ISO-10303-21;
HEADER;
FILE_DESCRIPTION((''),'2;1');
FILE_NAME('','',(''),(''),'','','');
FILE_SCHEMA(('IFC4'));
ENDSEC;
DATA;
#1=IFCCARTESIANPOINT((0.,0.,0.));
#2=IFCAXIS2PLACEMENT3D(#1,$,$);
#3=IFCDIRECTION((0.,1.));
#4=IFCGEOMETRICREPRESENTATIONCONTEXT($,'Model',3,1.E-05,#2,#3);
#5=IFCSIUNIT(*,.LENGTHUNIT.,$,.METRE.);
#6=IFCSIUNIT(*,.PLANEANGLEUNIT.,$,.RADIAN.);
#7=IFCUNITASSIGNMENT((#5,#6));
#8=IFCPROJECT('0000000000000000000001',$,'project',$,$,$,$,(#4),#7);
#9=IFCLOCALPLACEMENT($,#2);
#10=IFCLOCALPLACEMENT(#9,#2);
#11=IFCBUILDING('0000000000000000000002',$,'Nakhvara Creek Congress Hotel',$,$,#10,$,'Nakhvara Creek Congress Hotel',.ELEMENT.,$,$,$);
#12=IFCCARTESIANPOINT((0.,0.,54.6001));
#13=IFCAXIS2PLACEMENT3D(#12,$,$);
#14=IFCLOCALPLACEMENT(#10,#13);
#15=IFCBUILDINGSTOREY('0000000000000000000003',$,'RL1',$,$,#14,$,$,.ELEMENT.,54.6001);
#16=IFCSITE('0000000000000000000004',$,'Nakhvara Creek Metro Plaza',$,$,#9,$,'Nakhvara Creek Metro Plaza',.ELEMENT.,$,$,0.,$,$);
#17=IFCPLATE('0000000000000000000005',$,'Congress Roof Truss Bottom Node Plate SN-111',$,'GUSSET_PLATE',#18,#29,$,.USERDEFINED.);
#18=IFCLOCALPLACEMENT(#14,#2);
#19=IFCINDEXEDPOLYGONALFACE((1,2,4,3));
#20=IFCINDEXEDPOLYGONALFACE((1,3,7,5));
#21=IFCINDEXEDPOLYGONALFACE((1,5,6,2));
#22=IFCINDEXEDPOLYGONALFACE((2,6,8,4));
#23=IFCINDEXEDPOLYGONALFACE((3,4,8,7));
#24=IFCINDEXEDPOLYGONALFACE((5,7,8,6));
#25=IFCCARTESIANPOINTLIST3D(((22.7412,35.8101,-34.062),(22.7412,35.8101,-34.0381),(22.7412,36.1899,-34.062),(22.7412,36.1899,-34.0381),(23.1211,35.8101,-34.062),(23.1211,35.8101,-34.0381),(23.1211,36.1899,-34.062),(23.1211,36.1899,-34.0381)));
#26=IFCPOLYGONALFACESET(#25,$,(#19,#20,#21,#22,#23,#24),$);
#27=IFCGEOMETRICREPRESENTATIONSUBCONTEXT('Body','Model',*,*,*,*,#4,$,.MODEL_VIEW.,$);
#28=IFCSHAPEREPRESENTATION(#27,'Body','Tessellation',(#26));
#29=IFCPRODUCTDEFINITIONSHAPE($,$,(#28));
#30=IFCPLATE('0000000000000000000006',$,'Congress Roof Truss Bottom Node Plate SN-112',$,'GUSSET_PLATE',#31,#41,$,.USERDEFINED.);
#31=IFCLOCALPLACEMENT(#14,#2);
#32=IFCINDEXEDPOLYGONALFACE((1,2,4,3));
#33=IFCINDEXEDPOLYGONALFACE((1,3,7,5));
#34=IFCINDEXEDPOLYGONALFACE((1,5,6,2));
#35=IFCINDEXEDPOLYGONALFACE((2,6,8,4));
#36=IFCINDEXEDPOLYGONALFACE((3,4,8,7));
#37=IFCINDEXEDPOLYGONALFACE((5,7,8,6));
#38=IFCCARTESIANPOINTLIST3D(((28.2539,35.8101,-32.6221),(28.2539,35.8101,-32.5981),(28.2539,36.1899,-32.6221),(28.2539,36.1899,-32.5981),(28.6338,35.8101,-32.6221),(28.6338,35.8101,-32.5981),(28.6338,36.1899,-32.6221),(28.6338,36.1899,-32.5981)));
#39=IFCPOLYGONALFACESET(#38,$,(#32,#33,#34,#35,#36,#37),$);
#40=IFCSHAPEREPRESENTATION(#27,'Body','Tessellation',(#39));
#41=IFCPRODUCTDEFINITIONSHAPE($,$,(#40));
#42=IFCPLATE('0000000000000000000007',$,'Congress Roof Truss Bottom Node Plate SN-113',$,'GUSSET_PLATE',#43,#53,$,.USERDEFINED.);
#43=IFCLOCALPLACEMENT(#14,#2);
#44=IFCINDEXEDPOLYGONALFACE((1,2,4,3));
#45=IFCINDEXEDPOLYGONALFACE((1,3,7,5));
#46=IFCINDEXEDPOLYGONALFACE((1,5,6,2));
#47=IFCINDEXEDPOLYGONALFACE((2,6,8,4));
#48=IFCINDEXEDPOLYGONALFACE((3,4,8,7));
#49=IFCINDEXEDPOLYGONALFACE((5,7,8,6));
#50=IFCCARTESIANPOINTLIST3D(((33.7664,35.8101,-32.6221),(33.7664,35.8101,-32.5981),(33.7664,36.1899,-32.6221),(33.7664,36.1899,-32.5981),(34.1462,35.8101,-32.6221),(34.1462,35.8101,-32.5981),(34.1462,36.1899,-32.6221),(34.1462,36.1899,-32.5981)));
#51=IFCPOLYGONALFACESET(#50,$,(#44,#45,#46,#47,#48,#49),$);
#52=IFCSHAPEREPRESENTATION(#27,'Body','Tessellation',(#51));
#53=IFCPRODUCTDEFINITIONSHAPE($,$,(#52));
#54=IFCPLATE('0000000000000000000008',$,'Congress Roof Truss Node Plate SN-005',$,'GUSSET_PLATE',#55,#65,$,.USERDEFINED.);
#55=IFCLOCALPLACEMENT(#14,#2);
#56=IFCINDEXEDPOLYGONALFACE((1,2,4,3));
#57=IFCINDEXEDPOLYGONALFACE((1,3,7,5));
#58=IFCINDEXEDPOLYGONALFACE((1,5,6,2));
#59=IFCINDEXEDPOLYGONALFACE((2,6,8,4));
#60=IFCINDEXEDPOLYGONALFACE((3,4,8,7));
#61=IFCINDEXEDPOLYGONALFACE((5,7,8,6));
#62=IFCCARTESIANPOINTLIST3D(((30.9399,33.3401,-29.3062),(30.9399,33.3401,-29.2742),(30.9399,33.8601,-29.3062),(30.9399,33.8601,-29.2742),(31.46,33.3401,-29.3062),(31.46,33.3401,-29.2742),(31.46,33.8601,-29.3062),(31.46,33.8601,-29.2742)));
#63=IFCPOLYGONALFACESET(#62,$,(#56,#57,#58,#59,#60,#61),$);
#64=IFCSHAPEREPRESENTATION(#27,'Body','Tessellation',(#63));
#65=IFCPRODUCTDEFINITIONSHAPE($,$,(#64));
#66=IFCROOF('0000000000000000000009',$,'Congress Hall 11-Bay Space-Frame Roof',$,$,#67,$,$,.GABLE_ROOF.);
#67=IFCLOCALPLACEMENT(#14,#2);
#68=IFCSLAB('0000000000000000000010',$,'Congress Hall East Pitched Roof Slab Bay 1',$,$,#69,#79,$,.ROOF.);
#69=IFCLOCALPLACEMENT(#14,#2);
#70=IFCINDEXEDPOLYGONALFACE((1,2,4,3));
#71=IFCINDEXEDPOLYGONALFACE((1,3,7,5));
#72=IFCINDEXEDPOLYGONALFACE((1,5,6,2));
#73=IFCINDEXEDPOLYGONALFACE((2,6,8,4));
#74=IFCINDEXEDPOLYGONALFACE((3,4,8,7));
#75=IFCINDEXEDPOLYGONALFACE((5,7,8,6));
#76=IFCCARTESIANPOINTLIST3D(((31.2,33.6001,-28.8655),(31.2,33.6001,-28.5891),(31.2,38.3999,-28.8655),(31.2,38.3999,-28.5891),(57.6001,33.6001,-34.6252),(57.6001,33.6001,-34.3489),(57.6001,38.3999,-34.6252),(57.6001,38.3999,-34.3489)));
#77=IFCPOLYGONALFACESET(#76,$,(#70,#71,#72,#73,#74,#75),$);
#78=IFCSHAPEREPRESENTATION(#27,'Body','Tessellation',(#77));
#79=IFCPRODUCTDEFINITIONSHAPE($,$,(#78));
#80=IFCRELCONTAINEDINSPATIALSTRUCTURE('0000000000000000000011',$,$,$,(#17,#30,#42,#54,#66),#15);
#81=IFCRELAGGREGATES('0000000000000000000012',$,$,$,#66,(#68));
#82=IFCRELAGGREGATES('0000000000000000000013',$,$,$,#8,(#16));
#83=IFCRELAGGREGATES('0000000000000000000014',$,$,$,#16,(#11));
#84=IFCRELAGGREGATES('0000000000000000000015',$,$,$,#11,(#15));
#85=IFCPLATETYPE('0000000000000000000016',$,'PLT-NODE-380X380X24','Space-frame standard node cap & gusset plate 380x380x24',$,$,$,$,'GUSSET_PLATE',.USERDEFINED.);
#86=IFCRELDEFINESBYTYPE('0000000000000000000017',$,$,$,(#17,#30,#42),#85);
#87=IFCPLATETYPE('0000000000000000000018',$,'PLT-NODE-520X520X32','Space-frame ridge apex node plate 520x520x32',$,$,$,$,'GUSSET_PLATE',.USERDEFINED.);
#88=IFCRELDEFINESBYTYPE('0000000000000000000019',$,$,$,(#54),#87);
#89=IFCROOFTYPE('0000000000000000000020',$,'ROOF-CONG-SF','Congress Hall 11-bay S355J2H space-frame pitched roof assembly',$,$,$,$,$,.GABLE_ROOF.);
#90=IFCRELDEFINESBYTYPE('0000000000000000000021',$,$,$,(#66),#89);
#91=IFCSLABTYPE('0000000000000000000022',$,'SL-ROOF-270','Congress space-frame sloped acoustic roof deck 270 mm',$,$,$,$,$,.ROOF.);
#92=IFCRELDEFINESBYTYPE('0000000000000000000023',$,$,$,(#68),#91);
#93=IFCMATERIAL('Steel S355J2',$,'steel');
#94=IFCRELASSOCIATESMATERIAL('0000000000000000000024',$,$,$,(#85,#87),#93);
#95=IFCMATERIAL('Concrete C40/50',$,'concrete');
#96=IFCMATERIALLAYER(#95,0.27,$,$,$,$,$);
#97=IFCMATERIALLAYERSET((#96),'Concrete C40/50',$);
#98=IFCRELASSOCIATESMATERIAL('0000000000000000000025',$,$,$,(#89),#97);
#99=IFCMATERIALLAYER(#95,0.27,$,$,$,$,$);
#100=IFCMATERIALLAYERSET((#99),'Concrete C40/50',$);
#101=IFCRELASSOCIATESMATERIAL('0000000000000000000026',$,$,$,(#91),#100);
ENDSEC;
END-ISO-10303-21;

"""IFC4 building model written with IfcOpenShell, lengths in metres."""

from ifc_helpers import new_model, si_unit, direction, frame, origin, origin_2d, place, context, subcontext, project, spatial, polyline, rectangle, outline, extrude, material, layer, layer_set, type_object, element, aggregate, save


model = new_model("IFC4")

# Units and contexts
model_context = context("Model", 3, precision=1e-05, world=origin(), true_north=direction((0.0, 1.0)))
body_context = subcontext(model_context, "Body", "Model", "MODEL_VIEW")
ifc_project = project(units=[si_unit("LENGTHUNIT", "METRE"), si_unit("PLANEANGLEUNIT", "RADIAN")], contexts=[model_context])

# Site, building, storey
site_placement = place(None, origin())
site = spatial("IfcSite", under=ifc_project, at=site_placement, Name="Nakhvara Creek Metro Plaza", LongName="Nakhvara Creek Metro Plaza", CompositionType="ELEMENT", RefElevation=0.0)
building_placement = place(site_placement, origin())
building = spatial("IfcBuilding", under=site, at=building_placement, Name="Nakhvara Creek Congress Hotel", LongName="Nakhvara Creek Congress Hotel", CompositionType="ELEMENT")
storey_placement = place(building_placement, frame((0.0, 0.0, 54.6001)))
storey = spatial("IfcBuildingStorey", under=building, at=storey_placement, Name="RL1", CompositionType="ELEMENT", Elevation=54.6001)

# Plates
ifc_material_1 = material(Name="Steel S355J2", Category="steel")
plate_type_1 = type_object("IfcPlateType", Name="PLT-NODE-380X380X24", Description="Space-frame standard node cap & gusset plate 380x380x24", ElementType="GUSSET_PLATE", PredefinedType="USERDEFINED", material=ifc_material_1)
for number, where, z_axis, x_axis, name in (
    (1, (22.9312, 36.0, -34.062), (0.0, 0.0, 1.0), (1.0, 0.0, 0.0), "Congress Roof Truss Bottom Node Plate SN-111"),
    (2, (28.4438, 36.0, -32.6221), (0.0, 0.0, 1.0), (1.0, 0.0, 0.0), "Congress Roof Truss Bottom Node Plate SN-112"),
    (3, (33.9563, 36.0, -32.6221), (0.0, 0.0, 1.0), (1.0, 0.0, 0.0), "Congress Roof Truss Bottom Node Plate SN-113"),
):
    element("IfcPlate", number, at=place(storey_placement, frame(where, z_axis=z_axis, x_axis=x_axis)), inside=storey, type_object=plate_type_1, Name=name, ObjectType="GUSSET_PLATE", PredefinedType="USERDEFINED", context=body_context, shape_type="SweptSolid", body=[
        extrude(rectangle(XDim=0.3799, YDim=0.3799, at=origin_2d()), origin(), (0.0, 0.0, 1.0), 0.0239),
    ])
plate_type_2 = type_object("IfcPlateType", Name="PLT-NODE-520X520X32", Description="Space-frame ridge apex node plate 520x520x32", ElementType="GUSSET_PLATE", PredefinedType="USERDEFINED", material=ifc_material_1)
plate_placement = place(storey_placement, frame((31.2, 33.6001, -29.3062), z_axis=(0.0, 0.0, 1.0), x_axis=(1.0, 0.0, 0.0)))
element("IfcPlate", 4, at=plate_placement, inside=storey, type_object=plate_type_2, Name="Congress Roof Truss Node Plate SN-005", ObjectType="GUSSET_PLATE", PredefinedType="USERDEFINED", context=body_context, shape_type="SweptSolid", body=[
    extrude(rectangle(XDim=0.52, YDim=0.52, at=origin_2d()), origin(), (0.0, 0.0, 1.0), 0.032),
])

# Roof, slab
ifc_material_2 = material(Name="Concrete C40/50", Category="concrete")
ifc_layer_1 = layer(ifc_material_2, 0.27)
ifc_layer_set_1 = layer_set([ifc_layer_1], Name="Concrete C40/50")
roof_type = type_object("IfcRoofType", Name="ROOF-CONG-SF", Description="Congress Hall 11-bay S355J2H space-frame pitched roof assembly", PredefinedType="GABLE_ROOF", material=ifc_layer_set_1)
roof_placement = place(storey_placement, origin())
roof = element("IfcRoof", 5, at=roof_placement, inside=storey, type_object=roof_type, Name="Congress Hall 11-Bay Space-Frame Roof", PredefinedType="GABLE_ROOF")
ifc_layer_2 = layer(ifc_material_2, 0.27)
ifc_layer_set_2 = layer_set([ifc_layer_2], Name="Concrete C40/50")
slab_type = type_object("IfcSlabType", Name="SL-ROOF-270", Description="Congress space-frame sloped acoustic roof deck 270 mm", PredefinedType="ROOF", material=ifc_layer_set_2)
slab_placement = place(storey_placement, frame((31.2, 33.6001, -28.5891), z_axis=(0.0, 0.0, 1.0), x_axis=(1.0, 0.0, 0.0)))
slab = element("IfcSlab", 6, at=slab_placement, type_object=slab_type, Name="Congress Hall East Pitched Roof Slab Bay 1", PredefinedType="ROOF", context=body_context, shape_type="SweptSolid", body=[
    extrude(outline(polyline([(0.0, 0.0), (26.4001, -5.7598), (26.4001, -6.0361), (0.0, -0.2764), (0.0, 0.0)])), frame((0.0, 4.7998, 0.0), z_axis=(0.0, -1.0, 0.0), x_axis=(1.0, 0.0, 0.0)), (0.0, 0.0, 1.0), 4.7998),
])
aggregate(roof, [slab])

save(model, "model.ifc")
